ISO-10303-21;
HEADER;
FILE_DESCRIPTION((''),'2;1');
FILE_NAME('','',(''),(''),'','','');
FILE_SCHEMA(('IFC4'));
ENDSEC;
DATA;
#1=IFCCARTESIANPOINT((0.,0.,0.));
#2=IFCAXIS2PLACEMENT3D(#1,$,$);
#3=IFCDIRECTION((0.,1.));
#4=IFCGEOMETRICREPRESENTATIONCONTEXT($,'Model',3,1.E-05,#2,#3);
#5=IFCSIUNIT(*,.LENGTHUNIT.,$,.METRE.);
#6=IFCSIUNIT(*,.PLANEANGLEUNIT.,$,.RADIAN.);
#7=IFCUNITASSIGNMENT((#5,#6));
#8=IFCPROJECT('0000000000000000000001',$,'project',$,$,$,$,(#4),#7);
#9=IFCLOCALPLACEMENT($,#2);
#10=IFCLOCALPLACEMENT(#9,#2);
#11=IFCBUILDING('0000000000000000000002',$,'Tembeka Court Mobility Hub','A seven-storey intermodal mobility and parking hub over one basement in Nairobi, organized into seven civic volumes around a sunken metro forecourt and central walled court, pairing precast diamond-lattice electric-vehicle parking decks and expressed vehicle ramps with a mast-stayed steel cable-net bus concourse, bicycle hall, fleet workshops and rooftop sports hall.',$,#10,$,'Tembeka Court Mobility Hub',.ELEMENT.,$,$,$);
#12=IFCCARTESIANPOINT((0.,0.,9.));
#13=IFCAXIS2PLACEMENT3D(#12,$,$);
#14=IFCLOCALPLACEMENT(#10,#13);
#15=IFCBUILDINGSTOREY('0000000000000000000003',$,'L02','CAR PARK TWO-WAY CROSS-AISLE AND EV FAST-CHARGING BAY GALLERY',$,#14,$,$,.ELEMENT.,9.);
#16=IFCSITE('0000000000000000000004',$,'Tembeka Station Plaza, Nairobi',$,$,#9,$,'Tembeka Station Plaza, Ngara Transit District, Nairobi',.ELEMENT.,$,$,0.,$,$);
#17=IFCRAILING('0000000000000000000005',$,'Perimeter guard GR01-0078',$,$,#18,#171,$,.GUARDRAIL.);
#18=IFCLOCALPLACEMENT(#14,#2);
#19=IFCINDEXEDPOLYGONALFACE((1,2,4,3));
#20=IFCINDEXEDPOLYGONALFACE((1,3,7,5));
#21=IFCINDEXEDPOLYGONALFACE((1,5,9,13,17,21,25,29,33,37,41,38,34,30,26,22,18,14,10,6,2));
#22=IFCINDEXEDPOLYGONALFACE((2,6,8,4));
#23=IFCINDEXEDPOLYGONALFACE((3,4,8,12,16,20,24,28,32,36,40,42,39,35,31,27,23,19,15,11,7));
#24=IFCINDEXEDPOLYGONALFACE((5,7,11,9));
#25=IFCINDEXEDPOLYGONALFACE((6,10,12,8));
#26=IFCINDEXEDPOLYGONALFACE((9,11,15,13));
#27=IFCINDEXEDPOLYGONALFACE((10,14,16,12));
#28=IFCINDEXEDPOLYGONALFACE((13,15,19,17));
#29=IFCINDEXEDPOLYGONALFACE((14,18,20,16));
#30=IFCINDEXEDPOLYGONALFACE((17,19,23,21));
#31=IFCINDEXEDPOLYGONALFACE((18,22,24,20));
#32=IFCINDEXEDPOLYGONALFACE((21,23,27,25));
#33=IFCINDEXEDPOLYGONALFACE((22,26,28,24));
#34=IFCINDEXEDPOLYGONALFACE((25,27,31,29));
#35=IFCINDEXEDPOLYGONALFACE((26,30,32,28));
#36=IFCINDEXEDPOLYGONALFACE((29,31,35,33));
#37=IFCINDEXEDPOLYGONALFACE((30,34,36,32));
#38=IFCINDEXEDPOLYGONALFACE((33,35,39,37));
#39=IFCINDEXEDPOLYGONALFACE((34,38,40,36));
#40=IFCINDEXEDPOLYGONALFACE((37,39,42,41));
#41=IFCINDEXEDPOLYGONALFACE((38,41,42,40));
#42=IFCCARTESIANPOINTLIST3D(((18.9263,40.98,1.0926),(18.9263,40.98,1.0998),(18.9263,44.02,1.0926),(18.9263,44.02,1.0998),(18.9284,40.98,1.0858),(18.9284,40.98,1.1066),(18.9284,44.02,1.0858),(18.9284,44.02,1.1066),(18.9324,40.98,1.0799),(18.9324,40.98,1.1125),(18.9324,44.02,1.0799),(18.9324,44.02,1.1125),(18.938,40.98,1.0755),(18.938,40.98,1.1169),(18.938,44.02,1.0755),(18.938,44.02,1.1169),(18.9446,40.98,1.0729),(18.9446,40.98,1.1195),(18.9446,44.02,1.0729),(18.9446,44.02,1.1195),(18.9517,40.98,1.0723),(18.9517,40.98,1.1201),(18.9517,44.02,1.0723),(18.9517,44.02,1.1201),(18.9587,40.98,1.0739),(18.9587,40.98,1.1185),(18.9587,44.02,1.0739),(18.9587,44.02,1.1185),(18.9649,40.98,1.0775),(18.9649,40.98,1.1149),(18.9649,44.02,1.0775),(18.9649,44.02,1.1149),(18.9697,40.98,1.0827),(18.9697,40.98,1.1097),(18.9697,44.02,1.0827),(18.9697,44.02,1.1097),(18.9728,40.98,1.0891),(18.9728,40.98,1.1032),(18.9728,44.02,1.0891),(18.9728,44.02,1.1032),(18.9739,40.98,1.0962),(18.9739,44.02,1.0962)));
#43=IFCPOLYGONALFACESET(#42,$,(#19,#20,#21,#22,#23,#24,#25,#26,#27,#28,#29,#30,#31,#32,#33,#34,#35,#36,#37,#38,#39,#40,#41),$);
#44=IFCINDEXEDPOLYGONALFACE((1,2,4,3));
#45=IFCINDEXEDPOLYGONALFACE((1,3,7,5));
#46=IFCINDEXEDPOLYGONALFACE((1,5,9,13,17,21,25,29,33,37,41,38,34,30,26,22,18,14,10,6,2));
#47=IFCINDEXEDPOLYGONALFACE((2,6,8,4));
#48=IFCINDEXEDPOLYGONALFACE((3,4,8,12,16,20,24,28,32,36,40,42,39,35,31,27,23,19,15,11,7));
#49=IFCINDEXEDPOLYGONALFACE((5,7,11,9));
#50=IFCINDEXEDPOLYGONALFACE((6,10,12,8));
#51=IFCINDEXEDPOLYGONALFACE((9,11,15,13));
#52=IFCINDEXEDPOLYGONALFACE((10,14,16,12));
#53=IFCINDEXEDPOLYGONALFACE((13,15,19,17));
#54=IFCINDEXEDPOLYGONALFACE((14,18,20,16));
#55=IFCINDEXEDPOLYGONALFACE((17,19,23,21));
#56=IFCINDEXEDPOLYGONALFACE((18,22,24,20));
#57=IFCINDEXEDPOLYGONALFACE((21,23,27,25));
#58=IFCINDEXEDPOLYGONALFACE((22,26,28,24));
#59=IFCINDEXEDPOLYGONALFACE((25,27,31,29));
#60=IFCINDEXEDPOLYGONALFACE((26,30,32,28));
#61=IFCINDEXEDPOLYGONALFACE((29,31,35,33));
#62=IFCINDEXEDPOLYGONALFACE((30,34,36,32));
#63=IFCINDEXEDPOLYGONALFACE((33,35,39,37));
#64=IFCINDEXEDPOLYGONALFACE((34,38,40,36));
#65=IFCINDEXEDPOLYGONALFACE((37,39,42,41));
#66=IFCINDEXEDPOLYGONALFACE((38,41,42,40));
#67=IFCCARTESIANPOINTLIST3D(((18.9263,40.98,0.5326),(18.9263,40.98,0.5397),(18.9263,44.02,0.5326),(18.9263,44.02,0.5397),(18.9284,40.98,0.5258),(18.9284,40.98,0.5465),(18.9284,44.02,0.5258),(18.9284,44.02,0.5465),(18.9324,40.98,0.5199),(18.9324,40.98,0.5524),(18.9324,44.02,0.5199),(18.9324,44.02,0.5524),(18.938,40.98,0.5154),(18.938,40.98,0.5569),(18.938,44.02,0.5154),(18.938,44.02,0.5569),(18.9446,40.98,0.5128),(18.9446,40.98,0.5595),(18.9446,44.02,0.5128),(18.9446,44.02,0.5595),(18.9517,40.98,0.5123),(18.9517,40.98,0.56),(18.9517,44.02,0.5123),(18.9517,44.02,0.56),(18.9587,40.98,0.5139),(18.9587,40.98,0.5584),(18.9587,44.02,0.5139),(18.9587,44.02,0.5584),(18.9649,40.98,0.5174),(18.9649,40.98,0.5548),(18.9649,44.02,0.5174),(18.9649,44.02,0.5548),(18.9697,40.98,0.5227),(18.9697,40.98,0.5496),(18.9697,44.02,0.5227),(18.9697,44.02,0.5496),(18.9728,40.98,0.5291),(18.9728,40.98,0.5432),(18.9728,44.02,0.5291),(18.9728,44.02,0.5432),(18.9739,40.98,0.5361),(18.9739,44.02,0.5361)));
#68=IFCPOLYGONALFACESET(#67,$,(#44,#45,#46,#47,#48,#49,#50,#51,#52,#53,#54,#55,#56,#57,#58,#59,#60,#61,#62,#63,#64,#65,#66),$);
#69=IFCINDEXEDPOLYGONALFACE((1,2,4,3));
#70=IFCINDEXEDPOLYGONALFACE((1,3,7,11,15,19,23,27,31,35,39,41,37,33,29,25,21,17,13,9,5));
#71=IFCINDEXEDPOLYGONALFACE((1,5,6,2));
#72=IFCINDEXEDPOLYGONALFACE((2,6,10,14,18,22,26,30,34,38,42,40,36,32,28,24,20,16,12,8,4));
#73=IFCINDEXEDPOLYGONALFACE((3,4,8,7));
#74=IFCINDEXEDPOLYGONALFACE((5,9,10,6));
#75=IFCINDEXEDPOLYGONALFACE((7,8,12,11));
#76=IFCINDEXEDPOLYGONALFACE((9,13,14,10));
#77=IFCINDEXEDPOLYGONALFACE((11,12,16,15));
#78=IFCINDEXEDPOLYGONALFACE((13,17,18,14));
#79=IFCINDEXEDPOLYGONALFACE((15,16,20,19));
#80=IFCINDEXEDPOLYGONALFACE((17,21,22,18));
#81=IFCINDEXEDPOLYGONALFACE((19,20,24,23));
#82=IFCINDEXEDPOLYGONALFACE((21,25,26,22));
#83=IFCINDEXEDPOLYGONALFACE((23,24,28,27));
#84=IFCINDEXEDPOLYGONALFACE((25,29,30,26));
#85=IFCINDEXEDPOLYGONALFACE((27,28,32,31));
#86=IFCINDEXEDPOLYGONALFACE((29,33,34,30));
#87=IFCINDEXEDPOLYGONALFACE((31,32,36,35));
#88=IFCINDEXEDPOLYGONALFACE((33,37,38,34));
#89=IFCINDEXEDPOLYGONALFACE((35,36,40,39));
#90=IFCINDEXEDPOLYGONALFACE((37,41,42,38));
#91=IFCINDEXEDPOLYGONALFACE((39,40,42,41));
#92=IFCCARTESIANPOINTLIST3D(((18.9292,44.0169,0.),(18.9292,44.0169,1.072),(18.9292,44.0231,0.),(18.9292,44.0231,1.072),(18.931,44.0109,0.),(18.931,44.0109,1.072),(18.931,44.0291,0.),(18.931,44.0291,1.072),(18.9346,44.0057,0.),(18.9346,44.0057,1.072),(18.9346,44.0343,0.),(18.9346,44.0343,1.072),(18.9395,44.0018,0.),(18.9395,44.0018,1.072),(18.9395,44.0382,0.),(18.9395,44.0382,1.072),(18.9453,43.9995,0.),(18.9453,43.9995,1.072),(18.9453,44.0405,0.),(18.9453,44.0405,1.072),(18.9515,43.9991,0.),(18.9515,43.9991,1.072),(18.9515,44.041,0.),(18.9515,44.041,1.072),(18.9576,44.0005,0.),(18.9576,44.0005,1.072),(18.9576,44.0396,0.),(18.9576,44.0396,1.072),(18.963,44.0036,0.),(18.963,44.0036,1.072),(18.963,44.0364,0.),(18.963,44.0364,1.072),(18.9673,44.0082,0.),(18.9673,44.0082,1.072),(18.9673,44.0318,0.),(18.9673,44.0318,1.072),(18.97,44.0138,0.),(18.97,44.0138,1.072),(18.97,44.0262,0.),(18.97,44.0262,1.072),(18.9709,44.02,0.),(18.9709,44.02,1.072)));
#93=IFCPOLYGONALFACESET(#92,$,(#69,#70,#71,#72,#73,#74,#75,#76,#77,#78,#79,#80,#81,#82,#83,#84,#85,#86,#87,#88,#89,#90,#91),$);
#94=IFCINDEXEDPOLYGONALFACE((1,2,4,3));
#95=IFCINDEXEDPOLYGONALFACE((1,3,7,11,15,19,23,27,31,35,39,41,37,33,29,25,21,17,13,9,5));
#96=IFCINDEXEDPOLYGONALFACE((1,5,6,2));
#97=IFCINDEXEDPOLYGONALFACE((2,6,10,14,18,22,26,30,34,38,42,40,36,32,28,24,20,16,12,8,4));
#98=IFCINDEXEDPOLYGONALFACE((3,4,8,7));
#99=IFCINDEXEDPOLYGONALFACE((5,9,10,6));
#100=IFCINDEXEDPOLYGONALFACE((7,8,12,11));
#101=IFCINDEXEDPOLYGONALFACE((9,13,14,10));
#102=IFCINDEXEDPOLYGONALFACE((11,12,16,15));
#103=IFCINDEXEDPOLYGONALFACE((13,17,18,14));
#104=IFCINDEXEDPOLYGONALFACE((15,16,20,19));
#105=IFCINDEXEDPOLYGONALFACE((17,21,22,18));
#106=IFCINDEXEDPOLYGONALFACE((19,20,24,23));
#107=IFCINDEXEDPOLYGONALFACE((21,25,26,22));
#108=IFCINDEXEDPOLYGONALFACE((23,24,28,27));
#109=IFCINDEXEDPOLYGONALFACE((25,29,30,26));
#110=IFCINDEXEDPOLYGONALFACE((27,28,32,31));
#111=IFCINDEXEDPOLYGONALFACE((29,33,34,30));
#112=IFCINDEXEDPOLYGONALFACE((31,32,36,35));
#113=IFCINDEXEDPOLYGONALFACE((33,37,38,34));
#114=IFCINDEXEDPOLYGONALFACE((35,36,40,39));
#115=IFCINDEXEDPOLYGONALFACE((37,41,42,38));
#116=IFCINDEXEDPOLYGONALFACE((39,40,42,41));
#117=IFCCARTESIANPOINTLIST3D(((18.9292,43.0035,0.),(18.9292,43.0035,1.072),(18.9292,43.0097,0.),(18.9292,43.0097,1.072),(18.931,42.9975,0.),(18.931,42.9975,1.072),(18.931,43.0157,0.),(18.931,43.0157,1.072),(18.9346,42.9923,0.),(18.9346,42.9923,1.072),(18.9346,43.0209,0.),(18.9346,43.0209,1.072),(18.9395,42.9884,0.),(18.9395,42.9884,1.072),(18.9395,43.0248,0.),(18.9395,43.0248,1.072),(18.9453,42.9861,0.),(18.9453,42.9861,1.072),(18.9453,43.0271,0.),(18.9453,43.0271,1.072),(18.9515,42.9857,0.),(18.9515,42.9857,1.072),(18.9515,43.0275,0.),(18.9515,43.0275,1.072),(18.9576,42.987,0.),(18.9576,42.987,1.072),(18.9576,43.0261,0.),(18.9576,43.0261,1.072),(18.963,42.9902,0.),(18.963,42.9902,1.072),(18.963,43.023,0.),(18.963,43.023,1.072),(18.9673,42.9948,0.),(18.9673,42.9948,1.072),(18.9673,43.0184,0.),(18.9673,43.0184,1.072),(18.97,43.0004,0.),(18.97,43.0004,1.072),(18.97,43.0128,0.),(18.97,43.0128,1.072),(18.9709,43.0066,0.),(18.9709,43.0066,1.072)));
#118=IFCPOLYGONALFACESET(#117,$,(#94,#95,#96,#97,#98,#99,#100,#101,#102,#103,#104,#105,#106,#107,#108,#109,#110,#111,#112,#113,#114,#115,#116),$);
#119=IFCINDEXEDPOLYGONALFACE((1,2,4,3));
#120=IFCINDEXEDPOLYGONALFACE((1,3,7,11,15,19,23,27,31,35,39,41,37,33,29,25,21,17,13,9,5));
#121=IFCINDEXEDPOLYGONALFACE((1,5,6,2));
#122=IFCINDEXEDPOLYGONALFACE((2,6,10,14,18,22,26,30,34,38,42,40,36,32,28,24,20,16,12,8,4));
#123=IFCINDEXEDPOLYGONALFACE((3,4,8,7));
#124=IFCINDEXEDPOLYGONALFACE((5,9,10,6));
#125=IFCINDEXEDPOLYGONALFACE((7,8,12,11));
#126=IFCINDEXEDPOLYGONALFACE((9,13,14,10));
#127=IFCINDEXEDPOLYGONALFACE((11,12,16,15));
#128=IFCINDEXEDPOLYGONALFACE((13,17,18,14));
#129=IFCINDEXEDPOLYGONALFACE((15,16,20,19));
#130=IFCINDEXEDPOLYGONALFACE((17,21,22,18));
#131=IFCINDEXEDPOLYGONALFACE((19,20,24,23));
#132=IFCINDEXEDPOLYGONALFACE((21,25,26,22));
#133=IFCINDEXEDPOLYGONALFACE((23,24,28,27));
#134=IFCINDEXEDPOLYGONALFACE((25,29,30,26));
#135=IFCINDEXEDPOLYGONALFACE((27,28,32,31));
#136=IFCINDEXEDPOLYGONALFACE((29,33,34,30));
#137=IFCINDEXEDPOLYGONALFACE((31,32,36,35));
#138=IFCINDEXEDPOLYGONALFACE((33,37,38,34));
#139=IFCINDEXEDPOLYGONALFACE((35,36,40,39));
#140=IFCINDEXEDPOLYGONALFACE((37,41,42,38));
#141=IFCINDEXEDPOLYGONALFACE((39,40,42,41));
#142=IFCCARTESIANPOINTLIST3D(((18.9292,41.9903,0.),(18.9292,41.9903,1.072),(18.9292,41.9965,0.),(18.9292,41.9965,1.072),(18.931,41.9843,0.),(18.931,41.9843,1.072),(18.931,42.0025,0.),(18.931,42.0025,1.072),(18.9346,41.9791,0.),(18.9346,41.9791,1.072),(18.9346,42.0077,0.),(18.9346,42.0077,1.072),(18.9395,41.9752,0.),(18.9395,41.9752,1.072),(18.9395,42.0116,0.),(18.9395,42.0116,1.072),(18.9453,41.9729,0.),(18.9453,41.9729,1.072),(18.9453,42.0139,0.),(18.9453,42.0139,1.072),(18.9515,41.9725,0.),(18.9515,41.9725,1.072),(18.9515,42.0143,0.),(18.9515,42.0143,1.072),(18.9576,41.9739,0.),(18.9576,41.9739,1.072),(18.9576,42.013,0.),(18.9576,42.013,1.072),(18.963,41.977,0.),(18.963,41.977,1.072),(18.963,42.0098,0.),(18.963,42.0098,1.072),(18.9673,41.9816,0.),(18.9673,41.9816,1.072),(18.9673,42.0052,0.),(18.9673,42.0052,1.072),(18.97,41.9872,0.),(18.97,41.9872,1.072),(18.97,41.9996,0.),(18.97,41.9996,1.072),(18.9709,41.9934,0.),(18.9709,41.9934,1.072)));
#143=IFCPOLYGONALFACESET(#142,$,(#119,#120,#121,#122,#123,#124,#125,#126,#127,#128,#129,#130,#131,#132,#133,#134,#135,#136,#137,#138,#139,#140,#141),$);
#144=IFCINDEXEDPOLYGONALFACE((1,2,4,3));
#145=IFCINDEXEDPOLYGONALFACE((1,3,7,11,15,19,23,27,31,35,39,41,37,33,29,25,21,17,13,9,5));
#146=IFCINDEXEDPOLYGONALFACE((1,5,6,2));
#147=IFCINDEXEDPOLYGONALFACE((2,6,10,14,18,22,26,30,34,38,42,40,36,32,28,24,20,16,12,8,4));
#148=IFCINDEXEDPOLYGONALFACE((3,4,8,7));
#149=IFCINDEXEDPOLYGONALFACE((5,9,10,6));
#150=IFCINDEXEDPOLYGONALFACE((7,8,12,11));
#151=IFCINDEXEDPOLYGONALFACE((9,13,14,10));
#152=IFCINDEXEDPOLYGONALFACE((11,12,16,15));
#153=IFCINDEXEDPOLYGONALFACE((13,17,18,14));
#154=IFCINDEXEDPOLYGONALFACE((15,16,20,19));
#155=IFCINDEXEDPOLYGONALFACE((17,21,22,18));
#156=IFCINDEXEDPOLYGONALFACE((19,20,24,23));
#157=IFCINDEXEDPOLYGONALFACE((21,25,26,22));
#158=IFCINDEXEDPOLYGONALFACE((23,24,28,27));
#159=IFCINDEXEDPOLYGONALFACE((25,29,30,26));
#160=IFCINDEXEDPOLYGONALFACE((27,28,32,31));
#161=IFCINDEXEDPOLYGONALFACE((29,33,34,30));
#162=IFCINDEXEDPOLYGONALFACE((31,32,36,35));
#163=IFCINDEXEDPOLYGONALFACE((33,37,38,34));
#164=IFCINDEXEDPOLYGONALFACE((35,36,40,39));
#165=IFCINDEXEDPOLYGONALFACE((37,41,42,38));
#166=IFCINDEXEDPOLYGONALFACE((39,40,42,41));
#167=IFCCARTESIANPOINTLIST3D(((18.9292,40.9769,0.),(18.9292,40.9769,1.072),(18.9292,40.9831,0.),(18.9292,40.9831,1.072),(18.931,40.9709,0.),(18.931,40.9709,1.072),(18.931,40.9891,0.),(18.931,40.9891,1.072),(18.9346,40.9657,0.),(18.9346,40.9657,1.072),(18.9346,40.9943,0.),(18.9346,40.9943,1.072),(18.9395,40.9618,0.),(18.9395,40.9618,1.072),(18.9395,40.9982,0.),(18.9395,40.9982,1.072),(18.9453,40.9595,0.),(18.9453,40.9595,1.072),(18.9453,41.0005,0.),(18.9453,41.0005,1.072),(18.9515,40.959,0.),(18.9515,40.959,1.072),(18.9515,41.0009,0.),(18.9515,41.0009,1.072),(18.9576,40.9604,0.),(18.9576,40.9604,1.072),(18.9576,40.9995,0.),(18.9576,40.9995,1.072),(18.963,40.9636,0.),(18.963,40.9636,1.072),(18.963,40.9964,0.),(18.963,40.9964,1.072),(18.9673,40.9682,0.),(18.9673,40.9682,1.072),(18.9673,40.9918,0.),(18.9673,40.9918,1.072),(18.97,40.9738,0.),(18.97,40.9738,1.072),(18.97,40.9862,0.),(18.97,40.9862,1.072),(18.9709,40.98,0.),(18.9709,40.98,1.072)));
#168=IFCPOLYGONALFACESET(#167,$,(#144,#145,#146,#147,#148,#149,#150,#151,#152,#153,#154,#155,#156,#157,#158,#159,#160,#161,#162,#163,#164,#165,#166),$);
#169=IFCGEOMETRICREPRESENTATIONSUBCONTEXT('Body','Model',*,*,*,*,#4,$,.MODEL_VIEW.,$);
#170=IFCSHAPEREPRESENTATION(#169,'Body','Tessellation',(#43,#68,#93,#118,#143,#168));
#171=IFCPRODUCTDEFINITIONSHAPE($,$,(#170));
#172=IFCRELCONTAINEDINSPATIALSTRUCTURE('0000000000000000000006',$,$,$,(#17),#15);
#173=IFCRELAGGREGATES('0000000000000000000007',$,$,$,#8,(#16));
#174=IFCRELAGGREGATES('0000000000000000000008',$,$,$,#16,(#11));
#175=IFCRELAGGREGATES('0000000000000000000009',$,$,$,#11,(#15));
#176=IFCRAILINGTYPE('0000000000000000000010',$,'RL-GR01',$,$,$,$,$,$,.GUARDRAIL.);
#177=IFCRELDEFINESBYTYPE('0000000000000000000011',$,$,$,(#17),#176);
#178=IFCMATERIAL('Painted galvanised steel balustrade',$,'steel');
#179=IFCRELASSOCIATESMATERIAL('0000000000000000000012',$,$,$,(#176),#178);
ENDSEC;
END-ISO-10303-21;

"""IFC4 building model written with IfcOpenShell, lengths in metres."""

from ifc_helpers import new_model, si_unit, direction, frame, origin, origin_2d, place, context, subcontext, project, spatial, circle, extrude, material, type_object, element, save


model = new_model("IFC4")

# Units and contexts
model_context = context("Model", 3, precision=1e-05, world=origin(), true_north=direction((0.0, 1.0)))
body_context = subcontext(model_context, "Body", "Model", "MODEL_VIEW")
ifc_project = project(units=[si_unit("LENGTHUNIT", "METRE"), si_unit("PLANEANGLEUNIT", "RADIAN")], contexts=[model_context])

# Site, building, storey
site_placement = place(None, origin())
site = spatial("IfcSite", under=ifc_project, at=site_placement, Name="Tembeka Station Plaza, Nairobi", LongName="Tembeka Station Plaza, Ngara Transit District, Nairobi", CompositionType="ELEMENT", RefElevation=0.0)
building_placement = place(site_placement, origin())
building = spatial("IfcBuilding", under=site, at=building_placement, Name="Tembeka Court Mobility Hub", Description="A seven-storey intermodal mobility and parking hub over one basement in Nairobi, organized into seven civic volumes around a sunken metro forecourt and central walled court, pairing precast diamond-lattice electric-vehicle parking decks and expressed vehicle ramps with a mast-stayed steel cable-net bus concourse, bicycle hall, fleet workshops and rooftop sports hall.", LongName="Tembeka Court Mobility Hub", CompositionType="ELEMENT")
storey_placement = place(building_placement, frame((0.0, 0.0, 9.0)))
storey = spatial("IfcBuildingStorey", under=building, at=storey_placement, Name="L02", Description="CAR PARK TWO-WAY CROSS-AISLE AND EV FAST-CHARGING BAY GALLERY", CompositionType="ELEMENT", Elevation=9.0)

# Railing
ifc_material_1 = material(Name="Painted galvanised steel balustrade", Category="steel")
railing_type = type_object("IfcRailingType", Name="RL-GR01", PredefinedType="GUARDRAIL", material=ifc_material_1)
railing_1_placement = place(storey_placement, frame((18.95, 44.02, 0.0)))
element("IfcRailing", 1, at=railing_1_placement, inside=storey, type_object=railing_type, Name="Perimeter guard GR01-0078", PredefinedType="GUARDRAIL", context=body_context, shape_type="SweptSolid", body=[
    extrude(circle(Radius=0.0239, at=origin_2d()), frame((0.0, 0.0, 1.0962), z_axis=(0.0, -1.0, 0.0), x_axis=(1.0, 0.0, 0.0)), (0.0, 0.0, 1.0), 3.04),
    extrude(circle(Radius=0.0239, at=origin_2d()), frame((0.0, 0.0, 0.5361), z_axis=(0.0, -1.0, 0.0), x_axis=(1.0, 0.0, 0.0)), (0.0, 0.0, 1.0), 3.04),
    extrude(circle(Radius=0.021, at=origin_2d()), origin(), (0.0, 0.0, 1.0), 1.072),
    extrude(circle(Radius=0.021, at=origin_2d()), frame((0.0, -1.0134, 0.0)), (0.0, 0.0, 1.0), 1.072),
    extrude(circle(Radius=0.021, at=origin_2d()), frame((0.0, -2.0266, 0.0)), (0.0, 0.0, 1.0), 1.072),
    extrude(circle(Radius=0.021, at=origin_2d()), frame((0.0, -3.04, 0.0)), (0.0, 0.0, 1.0), 1.072),
])

save(model, "model.ifc")
